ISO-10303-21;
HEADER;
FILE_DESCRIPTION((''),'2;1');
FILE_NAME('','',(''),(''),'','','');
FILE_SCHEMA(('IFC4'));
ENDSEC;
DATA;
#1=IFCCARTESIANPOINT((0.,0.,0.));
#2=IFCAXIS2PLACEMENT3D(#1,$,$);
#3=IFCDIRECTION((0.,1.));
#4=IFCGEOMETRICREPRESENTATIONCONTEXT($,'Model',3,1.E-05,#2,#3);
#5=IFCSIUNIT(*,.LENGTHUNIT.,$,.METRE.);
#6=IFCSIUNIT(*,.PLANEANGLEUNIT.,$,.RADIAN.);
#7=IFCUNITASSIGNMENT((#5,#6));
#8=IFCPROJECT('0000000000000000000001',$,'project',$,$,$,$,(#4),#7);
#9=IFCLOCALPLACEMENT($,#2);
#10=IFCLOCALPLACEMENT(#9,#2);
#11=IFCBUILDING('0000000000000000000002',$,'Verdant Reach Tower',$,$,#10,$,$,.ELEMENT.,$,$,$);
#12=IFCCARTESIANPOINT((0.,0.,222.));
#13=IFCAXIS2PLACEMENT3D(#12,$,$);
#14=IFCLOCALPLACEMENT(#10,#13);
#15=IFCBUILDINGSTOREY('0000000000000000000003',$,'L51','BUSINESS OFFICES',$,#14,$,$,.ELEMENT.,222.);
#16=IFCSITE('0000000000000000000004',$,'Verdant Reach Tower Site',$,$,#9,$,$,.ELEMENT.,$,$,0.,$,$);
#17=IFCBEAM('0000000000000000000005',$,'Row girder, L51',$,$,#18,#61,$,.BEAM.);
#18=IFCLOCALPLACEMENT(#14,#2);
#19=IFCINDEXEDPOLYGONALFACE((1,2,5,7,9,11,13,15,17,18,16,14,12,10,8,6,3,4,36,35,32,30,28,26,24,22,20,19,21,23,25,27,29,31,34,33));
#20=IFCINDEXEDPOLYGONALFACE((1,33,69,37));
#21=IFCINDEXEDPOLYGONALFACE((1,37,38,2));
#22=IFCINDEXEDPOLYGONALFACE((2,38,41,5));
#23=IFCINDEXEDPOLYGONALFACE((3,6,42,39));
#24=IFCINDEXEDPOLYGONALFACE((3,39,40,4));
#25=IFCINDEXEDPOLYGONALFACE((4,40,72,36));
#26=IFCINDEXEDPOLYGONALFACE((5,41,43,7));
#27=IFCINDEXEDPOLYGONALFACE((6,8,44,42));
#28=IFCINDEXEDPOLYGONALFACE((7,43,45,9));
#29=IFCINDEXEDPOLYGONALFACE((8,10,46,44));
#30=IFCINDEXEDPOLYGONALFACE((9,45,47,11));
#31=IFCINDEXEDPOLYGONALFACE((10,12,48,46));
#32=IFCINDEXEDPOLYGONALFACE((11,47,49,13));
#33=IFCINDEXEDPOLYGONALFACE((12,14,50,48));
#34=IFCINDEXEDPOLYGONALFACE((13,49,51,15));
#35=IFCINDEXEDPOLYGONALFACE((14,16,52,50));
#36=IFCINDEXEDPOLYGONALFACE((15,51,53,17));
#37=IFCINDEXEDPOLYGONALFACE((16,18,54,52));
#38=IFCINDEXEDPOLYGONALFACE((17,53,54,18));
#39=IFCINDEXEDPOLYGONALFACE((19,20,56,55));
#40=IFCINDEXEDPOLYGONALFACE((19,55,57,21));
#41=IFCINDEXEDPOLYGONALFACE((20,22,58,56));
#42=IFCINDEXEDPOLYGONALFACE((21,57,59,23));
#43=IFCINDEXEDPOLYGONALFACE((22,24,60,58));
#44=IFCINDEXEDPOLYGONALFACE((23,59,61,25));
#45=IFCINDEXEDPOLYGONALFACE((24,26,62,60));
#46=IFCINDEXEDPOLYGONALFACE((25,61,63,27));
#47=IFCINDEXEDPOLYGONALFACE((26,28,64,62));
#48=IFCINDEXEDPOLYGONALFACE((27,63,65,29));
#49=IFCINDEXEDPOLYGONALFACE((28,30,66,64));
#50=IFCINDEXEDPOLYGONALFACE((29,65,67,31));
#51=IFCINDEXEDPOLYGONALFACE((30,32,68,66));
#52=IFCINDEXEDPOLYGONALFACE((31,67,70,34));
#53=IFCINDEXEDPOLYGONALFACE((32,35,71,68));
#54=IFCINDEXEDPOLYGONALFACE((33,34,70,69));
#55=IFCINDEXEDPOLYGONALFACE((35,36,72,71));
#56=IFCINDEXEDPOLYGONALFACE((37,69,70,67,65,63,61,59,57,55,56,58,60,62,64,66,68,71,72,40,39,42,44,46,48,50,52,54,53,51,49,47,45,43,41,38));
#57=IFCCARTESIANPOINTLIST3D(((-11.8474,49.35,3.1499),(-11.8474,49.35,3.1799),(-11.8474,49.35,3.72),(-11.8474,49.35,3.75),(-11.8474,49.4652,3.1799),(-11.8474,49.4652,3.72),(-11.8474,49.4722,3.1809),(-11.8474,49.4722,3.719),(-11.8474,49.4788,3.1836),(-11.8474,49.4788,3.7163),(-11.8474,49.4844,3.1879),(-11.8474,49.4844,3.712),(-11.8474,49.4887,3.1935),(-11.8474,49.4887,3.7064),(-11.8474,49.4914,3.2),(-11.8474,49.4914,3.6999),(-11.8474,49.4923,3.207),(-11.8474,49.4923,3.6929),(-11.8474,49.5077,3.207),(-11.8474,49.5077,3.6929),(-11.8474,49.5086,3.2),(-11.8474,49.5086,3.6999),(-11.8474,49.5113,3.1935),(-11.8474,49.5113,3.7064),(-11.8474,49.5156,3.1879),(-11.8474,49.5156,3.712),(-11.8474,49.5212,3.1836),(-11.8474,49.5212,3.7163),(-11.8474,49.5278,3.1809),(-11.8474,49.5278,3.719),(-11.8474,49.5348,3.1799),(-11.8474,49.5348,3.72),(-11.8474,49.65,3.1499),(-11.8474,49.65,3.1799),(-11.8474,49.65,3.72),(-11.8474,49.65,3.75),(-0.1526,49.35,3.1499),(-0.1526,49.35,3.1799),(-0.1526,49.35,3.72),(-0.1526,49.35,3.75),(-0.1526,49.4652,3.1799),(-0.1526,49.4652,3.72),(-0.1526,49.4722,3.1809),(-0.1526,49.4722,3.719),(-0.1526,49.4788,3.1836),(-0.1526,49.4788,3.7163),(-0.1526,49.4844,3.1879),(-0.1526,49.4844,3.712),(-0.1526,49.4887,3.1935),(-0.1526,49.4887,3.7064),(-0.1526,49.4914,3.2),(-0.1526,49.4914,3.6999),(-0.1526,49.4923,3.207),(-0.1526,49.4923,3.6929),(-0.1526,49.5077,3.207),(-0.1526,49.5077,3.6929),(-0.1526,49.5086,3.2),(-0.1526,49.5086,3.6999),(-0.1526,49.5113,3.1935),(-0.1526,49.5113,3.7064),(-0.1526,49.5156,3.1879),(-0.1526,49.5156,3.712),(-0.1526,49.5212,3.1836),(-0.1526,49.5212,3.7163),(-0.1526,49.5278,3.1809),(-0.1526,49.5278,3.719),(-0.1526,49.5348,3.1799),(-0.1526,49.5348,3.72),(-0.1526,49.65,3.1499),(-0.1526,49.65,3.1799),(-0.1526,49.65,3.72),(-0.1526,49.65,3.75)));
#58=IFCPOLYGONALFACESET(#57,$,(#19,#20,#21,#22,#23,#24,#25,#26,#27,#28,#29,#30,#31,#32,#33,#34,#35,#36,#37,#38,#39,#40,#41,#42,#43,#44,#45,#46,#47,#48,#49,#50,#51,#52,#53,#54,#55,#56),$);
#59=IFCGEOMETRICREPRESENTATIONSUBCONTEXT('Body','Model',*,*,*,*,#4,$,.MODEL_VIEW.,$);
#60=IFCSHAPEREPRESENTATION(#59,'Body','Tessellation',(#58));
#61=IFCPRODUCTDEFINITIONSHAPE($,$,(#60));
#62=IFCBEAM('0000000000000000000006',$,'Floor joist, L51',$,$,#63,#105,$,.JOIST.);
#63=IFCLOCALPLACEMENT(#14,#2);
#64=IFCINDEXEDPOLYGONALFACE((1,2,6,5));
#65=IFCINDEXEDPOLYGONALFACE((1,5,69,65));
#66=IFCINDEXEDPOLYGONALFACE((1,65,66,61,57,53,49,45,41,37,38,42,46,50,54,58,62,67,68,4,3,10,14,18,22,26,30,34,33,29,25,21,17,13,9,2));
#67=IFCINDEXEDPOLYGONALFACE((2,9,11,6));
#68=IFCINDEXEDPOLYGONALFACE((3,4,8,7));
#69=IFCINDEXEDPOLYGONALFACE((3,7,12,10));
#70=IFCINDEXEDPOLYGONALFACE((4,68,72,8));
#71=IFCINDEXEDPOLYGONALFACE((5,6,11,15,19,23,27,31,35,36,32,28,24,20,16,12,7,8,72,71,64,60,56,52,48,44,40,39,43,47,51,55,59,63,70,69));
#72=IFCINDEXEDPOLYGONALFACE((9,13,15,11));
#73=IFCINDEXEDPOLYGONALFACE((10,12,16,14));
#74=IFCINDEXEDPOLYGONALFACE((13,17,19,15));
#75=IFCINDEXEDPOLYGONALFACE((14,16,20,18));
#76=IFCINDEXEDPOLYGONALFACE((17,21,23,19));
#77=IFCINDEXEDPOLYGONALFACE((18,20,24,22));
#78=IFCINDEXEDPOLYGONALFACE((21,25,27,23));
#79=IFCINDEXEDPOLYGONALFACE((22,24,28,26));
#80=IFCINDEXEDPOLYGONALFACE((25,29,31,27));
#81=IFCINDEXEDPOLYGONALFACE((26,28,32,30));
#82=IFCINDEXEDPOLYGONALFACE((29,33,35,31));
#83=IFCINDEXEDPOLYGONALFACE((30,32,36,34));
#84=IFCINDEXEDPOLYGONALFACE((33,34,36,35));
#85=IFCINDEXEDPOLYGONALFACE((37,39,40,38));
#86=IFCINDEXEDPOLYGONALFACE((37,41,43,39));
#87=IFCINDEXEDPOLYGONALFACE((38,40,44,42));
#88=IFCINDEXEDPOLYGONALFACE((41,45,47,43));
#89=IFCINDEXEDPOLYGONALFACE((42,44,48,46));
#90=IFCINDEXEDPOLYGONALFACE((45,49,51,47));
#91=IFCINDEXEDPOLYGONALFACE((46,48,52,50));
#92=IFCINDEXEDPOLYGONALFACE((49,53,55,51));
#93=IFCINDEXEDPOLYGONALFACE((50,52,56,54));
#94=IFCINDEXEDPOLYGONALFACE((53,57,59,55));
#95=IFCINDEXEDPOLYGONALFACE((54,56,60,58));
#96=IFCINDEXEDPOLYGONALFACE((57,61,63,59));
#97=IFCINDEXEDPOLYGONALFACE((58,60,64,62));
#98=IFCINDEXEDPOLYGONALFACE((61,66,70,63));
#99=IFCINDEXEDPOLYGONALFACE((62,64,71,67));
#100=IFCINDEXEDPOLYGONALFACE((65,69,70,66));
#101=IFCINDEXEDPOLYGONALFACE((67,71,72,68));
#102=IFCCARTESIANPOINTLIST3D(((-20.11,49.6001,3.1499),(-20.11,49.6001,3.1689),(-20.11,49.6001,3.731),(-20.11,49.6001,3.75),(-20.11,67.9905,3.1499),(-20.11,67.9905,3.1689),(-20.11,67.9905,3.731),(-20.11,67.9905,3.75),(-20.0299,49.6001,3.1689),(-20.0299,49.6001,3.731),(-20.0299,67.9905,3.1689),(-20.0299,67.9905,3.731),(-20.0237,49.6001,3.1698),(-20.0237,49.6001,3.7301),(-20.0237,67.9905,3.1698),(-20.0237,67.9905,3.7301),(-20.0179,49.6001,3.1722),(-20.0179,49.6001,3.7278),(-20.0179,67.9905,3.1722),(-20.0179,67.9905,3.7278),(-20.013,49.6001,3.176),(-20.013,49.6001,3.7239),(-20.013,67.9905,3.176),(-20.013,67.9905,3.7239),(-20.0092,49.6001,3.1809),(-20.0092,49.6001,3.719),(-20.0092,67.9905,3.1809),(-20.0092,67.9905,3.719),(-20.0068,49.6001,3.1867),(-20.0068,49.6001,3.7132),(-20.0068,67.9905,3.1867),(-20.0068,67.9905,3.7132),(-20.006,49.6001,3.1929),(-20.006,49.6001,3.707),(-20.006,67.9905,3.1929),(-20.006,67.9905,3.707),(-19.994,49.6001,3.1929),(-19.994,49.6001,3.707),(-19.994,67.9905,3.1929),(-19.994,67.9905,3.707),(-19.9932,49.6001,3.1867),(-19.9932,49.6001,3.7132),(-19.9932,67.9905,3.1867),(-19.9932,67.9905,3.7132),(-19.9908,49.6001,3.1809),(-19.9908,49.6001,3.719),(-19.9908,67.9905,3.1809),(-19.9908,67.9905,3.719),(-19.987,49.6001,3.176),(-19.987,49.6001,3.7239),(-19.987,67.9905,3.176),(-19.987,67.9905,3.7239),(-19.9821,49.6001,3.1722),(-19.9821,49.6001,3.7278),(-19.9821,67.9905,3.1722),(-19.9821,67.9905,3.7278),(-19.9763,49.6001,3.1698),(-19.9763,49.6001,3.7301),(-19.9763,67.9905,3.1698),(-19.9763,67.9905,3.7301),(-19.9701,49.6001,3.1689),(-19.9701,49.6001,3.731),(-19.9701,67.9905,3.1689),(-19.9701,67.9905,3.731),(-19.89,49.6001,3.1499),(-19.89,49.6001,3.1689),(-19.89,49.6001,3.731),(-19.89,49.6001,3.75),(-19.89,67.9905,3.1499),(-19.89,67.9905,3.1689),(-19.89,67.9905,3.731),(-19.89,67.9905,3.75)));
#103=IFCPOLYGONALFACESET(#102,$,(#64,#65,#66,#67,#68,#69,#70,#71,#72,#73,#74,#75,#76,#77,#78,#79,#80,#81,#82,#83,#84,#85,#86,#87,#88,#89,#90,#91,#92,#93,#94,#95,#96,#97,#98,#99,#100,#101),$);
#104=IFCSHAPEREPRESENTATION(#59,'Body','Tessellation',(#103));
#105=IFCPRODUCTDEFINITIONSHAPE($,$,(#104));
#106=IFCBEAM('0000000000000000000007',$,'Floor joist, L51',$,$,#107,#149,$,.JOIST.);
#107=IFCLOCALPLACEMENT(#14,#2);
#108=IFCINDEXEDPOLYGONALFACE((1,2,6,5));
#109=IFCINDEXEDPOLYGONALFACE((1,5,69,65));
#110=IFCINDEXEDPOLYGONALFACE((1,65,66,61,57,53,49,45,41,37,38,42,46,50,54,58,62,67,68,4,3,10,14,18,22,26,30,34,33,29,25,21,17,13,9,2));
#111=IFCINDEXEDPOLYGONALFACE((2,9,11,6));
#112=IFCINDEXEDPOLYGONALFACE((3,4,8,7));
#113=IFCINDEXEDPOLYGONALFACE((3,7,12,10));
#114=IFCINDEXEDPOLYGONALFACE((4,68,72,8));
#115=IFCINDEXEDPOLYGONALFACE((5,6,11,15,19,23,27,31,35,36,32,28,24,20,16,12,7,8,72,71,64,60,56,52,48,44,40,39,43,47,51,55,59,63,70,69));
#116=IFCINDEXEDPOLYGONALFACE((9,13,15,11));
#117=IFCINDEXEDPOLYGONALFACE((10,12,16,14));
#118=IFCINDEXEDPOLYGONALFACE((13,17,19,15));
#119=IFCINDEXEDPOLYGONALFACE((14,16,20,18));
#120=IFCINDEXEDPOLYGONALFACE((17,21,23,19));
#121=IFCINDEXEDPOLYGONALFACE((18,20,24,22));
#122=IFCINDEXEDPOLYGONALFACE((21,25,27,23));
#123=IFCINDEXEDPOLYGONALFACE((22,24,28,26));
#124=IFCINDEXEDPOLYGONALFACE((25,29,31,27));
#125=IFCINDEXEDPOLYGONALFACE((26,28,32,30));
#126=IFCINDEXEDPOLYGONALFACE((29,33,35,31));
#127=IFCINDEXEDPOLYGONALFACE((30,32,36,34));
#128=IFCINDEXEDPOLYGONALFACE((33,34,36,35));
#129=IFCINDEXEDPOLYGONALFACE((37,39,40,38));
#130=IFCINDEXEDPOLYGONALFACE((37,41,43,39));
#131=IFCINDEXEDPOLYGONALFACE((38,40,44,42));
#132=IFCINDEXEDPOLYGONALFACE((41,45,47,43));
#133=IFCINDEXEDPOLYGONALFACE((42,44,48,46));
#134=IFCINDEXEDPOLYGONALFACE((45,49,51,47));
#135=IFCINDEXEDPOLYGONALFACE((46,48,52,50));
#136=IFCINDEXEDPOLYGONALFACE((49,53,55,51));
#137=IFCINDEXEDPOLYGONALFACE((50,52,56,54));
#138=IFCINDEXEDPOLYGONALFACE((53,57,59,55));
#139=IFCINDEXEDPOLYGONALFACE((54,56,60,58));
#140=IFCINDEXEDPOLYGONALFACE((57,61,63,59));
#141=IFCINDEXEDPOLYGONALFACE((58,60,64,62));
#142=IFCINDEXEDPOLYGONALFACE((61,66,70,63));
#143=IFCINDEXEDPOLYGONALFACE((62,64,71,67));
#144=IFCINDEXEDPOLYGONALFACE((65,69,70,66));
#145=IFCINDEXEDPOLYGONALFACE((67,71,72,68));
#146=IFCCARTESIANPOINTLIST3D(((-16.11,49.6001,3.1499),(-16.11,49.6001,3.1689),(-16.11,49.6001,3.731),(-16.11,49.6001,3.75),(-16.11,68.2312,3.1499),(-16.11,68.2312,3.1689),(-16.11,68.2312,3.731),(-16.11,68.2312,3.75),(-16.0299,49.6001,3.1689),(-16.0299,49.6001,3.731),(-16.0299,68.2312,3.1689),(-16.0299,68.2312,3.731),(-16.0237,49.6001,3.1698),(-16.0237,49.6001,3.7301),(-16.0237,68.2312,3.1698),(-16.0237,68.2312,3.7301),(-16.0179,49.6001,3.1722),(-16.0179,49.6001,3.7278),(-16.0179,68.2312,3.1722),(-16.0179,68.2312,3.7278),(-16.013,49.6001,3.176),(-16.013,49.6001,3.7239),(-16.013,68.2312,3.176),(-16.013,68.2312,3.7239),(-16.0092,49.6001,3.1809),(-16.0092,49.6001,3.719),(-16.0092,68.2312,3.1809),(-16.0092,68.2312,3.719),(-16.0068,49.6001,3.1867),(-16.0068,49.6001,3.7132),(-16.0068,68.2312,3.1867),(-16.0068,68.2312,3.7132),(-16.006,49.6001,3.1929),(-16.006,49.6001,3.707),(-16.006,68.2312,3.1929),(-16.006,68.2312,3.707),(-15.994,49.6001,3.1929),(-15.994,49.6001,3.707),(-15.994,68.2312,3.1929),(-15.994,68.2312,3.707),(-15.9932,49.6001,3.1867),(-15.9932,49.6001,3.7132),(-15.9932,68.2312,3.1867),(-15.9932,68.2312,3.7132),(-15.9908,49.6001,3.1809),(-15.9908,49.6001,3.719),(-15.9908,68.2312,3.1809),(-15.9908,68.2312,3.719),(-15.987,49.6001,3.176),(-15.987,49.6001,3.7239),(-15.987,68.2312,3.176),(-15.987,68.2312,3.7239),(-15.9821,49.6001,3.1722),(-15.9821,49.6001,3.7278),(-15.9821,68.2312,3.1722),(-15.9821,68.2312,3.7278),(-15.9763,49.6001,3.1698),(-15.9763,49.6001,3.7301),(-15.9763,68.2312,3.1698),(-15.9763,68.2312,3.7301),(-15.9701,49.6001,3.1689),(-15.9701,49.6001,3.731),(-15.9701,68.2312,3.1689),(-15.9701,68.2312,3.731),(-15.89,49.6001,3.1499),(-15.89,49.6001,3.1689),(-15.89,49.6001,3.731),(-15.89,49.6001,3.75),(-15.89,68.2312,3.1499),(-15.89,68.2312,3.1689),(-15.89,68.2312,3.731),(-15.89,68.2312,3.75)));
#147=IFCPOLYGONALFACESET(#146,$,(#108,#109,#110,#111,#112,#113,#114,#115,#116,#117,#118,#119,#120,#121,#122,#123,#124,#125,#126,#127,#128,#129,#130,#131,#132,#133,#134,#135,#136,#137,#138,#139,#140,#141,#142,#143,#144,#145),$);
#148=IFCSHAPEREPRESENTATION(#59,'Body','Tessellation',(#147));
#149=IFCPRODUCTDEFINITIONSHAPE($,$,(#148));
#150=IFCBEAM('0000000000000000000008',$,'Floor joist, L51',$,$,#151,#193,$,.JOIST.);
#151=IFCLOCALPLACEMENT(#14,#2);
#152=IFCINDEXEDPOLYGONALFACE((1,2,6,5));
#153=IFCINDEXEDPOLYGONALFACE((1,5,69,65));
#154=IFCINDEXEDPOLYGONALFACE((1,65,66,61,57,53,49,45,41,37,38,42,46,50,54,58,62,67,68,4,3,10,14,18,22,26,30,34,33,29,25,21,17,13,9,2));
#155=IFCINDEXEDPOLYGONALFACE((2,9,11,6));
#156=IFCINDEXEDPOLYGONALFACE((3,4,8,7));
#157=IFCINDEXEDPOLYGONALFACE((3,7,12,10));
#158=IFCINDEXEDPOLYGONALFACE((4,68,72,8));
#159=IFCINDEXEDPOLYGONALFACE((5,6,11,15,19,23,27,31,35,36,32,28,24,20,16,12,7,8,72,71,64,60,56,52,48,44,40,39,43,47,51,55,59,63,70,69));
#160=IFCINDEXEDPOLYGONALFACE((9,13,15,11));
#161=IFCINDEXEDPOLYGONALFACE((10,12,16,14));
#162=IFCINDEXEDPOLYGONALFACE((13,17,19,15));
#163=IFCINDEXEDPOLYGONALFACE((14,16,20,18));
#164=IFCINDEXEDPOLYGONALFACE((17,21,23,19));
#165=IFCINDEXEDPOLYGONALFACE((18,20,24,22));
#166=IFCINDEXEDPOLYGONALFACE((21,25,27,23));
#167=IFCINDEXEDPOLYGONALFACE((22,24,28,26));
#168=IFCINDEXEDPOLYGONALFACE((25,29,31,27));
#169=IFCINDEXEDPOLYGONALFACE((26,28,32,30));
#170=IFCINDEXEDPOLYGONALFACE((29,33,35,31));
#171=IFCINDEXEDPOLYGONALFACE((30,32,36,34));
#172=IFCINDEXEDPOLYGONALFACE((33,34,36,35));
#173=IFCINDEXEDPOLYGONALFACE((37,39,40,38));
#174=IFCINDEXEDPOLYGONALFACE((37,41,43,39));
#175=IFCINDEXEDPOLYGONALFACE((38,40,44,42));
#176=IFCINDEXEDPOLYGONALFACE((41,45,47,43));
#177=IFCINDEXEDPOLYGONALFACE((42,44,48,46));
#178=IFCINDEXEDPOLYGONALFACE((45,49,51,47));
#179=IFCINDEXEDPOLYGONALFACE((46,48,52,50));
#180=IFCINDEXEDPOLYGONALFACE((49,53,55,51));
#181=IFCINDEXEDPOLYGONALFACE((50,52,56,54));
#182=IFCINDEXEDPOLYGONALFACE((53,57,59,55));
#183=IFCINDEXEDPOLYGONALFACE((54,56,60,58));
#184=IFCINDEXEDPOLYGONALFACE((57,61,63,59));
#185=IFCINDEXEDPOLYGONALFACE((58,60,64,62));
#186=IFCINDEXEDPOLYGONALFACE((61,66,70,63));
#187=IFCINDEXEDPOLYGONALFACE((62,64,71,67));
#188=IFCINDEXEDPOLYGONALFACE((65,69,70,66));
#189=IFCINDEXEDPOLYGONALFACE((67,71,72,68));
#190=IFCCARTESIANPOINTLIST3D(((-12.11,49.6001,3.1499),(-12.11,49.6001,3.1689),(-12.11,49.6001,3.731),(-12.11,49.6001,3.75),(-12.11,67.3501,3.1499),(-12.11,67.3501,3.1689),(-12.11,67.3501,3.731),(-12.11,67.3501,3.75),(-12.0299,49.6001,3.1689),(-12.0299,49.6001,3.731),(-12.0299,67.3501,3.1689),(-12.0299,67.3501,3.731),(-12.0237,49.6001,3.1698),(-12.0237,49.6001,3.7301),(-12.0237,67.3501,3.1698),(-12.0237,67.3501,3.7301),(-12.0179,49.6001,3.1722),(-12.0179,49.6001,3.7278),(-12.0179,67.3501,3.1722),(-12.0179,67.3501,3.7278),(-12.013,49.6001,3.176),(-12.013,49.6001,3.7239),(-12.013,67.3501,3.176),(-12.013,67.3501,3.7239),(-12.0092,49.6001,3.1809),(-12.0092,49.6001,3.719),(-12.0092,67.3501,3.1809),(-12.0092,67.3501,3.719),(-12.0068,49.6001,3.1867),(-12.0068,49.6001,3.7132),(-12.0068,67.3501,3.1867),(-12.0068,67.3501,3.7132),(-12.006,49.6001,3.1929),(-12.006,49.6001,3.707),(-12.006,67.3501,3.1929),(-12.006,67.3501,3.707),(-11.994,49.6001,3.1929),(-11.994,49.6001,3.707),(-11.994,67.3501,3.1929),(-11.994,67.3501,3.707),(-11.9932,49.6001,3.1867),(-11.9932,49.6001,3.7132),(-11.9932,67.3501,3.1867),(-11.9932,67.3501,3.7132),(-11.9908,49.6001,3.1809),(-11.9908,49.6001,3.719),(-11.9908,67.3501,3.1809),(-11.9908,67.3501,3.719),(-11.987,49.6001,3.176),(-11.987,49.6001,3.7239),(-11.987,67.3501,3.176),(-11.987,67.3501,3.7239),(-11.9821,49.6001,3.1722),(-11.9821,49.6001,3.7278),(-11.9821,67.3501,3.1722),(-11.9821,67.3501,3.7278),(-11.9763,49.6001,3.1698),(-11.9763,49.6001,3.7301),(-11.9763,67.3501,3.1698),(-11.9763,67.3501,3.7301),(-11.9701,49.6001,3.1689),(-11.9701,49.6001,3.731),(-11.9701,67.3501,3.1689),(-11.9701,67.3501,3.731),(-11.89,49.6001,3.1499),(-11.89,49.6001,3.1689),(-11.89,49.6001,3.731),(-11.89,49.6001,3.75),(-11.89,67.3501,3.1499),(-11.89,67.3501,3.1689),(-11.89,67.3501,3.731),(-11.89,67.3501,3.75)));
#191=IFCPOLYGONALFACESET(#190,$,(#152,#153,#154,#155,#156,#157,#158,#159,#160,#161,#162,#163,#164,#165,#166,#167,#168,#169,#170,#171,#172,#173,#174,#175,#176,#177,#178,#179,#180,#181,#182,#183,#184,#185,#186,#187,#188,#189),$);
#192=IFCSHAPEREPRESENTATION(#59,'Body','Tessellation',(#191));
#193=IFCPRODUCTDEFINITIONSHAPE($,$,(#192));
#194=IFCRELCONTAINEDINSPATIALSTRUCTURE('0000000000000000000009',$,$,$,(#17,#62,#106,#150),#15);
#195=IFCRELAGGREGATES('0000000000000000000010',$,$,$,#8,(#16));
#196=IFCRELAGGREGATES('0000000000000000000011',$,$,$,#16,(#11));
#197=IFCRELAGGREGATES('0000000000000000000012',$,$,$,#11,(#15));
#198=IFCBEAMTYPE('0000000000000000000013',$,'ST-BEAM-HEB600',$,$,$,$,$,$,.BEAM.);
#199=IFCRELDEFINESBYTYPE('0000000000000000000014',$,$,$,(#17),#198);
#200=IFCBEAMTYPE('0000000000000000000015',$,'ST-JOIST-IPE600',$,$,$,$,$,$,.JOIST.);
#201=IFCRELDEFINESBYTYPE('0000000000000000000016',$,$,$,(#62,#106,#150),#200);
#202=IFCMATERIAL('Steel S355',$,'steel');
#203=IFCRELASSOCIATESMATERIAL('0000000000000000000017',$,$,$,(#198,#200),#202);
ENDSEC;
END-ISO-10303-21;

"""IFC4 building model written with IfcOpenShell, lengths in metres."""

from ifc_helpers import new_model, si_unit, direction, frame, origin, origin_2d, place, context, subcontext, project, spatial, i_section, extrude, material, material_profile, profile_set, type_object, element, save


model = new_model("IFC4")

# Units and contexts
model_context = context("Model", 3, precision=1e-05, world=origin(), true_north=direction((0.0, 1.0)))
body_context = subcontext(model_context, "Body", "Model", "MODEL_VIEW")
ifc_project = project(units=[si_unit("LENGTHUNIT", "METRE"), si_unit("PLANEANGLEUNIT", "RADIAN")], contexts=[model_context])

# Site, building, storey
site_placement = place(None, origin())
site = spatial("IfcSite", under=ifc_project, at=site_placement, Name="Verdant Reach Tower Site", CompositionType="ELEMENT", RefElevation=0.0)
building_placement = place(site_placement, origin())
building = spatial("IfcBuilding", under=site, at=building_placement, Name="Verdant Reach Tower", CompositionType="ELEMENT")
storey_placement = place(building_placement, frame((0.0, 0.0, 222.0)))
storey = spatial("IfcBuildingStorey", under=building, at=storey_placement, Name="L51", Description="BUSINESS OFFICES", CompositionType="ELEMENT", Elevation=222.0)

# Beams
ifc_material_1 = material(Name="Steel S355", Category="steel")
ifc_material_profile_1 = material_profile(ifc_material_1, i_section(OverallWidth=0.3, OverallDepth=0.6001, WebThickness=0.0154, FlangeThickness=0.03, FilletRadius=0.0271, at=origin_2d()), Name="HEB 600")
ifc_profile_set_1 = profile_set([ifc_material_profile_1], Name="Steel S355")
beam_type_1 = type_object("IfcBeamType", Name="ST-BEAM-HEB600", PredefinedType="BEAM", material=ifc_profile_set_1)
beam_1_placement = place(storey_placement, frame((-11.8474, 49.5, 3.45), z_axis=(1.0, 0.0, 0.0), x_axis=(0.0, 1.0, 0.0)))
element("IfcBeam", 1, at=beam_1_placement, inside=storey, type_object=beam_type_1, Name="Row girder, L51", PredefinedType="BEAM", context=body_context, shape_type="SweptSolid", body=[
    extrude(i_section(OverallWidth=0.3, OverallDepth=0.6001, WebThickness=0.0154, FlangeThickness=0.03, FilletRadius=0.0271, at=origin_2d()), origin(), (0.0, 0.0, 1.0), 11.6948),
])
ifc_material_profile_2 = material_profile(ifc_material_1, i_section(OverallWidth=0.22, OverallDepth=0.6001, WebThickness=0.012, FlangeThickness=0.019, FilletRadius=0.0239, at=origin_2d()), Name="IPE 600")
ifc_profile_set_2 = profile_set([ifc_material_profile_2], Name="Steel S355")
beam_type_2 = type_object("IfcBeamType", Name="ST-JOIST-IPE600", PredefinedType="JOIST", material=ifc_profile_set_2)
beam_2_placement = place(storey_placement, frame((-20.0, 49.6001, 3.45), z_axis=(0.0, 1.0, 0.0), x_axis=(-1.0, 0.0, 0.0)))
element("IfcBeam", 2, at=beam_2_placement, inside=storey, type_object=beam_type_2, Name="Floor joist, L51", PredefinedType="JOIST", context=body_context, shape_type="SweptSolid", body=[
    extrude(i_section(OverallWidth=0.22, OverallDepth=0.6001, WebThickness=0.012, FlangeThickness=0.019, FilletRadius=0.0239, at=origin_2d()), origin(), (0.0, 0.0, 1.0), 18.3904),
])
beam_3_placement = place(storey_placement, frame((-16.0, 49.6001, 3.45), z_axis=(0.0, 1.0, 0.0), x_axis=(-1.0, 0.0, 0.0)))
element("IfcBeam", 3, at=beam_3_placement, inside=storey, type_object=beam_type_2, Name="Floor joist, L51", PredefinedType="JOIST", context=body_context, shape_type="SweptSolid", body=[
    extrude(i_section(OverallWidth=0.22, OverallDepth=0.6001, WebThickness=0.012, FlangeThickness=0.019, FilletRadius=0.0239, at=origin_2d()), origin(), (0.0, 0.0, 1.0), 18.6311),
])
beam_4_placement = place(storey_placement, frame((-12.0, 49.6001, 3.45), z_axis=(0.0, 1.0, 0.0), x_axis=(-1.0, 0.0, 0.0)))
element("IfcBeam", 4, at=beam_4_placement, inside=storey, type_object=beam_type_2, Name="Floor joist, L51", PredefinedType="JOIST", context=body_context, shape_type="SweptSolid", body=[
    extrude(i_section(OverallWidth=0.22, OverallDepth=0.6001, WebThickness=0.012, FlangeThickness=0.019, FilletRadius=0.0239, at=origin_2d()), origin(), (0.0, 0.0, 1.0), 17.75),
])

save(model, "model.ifc")
